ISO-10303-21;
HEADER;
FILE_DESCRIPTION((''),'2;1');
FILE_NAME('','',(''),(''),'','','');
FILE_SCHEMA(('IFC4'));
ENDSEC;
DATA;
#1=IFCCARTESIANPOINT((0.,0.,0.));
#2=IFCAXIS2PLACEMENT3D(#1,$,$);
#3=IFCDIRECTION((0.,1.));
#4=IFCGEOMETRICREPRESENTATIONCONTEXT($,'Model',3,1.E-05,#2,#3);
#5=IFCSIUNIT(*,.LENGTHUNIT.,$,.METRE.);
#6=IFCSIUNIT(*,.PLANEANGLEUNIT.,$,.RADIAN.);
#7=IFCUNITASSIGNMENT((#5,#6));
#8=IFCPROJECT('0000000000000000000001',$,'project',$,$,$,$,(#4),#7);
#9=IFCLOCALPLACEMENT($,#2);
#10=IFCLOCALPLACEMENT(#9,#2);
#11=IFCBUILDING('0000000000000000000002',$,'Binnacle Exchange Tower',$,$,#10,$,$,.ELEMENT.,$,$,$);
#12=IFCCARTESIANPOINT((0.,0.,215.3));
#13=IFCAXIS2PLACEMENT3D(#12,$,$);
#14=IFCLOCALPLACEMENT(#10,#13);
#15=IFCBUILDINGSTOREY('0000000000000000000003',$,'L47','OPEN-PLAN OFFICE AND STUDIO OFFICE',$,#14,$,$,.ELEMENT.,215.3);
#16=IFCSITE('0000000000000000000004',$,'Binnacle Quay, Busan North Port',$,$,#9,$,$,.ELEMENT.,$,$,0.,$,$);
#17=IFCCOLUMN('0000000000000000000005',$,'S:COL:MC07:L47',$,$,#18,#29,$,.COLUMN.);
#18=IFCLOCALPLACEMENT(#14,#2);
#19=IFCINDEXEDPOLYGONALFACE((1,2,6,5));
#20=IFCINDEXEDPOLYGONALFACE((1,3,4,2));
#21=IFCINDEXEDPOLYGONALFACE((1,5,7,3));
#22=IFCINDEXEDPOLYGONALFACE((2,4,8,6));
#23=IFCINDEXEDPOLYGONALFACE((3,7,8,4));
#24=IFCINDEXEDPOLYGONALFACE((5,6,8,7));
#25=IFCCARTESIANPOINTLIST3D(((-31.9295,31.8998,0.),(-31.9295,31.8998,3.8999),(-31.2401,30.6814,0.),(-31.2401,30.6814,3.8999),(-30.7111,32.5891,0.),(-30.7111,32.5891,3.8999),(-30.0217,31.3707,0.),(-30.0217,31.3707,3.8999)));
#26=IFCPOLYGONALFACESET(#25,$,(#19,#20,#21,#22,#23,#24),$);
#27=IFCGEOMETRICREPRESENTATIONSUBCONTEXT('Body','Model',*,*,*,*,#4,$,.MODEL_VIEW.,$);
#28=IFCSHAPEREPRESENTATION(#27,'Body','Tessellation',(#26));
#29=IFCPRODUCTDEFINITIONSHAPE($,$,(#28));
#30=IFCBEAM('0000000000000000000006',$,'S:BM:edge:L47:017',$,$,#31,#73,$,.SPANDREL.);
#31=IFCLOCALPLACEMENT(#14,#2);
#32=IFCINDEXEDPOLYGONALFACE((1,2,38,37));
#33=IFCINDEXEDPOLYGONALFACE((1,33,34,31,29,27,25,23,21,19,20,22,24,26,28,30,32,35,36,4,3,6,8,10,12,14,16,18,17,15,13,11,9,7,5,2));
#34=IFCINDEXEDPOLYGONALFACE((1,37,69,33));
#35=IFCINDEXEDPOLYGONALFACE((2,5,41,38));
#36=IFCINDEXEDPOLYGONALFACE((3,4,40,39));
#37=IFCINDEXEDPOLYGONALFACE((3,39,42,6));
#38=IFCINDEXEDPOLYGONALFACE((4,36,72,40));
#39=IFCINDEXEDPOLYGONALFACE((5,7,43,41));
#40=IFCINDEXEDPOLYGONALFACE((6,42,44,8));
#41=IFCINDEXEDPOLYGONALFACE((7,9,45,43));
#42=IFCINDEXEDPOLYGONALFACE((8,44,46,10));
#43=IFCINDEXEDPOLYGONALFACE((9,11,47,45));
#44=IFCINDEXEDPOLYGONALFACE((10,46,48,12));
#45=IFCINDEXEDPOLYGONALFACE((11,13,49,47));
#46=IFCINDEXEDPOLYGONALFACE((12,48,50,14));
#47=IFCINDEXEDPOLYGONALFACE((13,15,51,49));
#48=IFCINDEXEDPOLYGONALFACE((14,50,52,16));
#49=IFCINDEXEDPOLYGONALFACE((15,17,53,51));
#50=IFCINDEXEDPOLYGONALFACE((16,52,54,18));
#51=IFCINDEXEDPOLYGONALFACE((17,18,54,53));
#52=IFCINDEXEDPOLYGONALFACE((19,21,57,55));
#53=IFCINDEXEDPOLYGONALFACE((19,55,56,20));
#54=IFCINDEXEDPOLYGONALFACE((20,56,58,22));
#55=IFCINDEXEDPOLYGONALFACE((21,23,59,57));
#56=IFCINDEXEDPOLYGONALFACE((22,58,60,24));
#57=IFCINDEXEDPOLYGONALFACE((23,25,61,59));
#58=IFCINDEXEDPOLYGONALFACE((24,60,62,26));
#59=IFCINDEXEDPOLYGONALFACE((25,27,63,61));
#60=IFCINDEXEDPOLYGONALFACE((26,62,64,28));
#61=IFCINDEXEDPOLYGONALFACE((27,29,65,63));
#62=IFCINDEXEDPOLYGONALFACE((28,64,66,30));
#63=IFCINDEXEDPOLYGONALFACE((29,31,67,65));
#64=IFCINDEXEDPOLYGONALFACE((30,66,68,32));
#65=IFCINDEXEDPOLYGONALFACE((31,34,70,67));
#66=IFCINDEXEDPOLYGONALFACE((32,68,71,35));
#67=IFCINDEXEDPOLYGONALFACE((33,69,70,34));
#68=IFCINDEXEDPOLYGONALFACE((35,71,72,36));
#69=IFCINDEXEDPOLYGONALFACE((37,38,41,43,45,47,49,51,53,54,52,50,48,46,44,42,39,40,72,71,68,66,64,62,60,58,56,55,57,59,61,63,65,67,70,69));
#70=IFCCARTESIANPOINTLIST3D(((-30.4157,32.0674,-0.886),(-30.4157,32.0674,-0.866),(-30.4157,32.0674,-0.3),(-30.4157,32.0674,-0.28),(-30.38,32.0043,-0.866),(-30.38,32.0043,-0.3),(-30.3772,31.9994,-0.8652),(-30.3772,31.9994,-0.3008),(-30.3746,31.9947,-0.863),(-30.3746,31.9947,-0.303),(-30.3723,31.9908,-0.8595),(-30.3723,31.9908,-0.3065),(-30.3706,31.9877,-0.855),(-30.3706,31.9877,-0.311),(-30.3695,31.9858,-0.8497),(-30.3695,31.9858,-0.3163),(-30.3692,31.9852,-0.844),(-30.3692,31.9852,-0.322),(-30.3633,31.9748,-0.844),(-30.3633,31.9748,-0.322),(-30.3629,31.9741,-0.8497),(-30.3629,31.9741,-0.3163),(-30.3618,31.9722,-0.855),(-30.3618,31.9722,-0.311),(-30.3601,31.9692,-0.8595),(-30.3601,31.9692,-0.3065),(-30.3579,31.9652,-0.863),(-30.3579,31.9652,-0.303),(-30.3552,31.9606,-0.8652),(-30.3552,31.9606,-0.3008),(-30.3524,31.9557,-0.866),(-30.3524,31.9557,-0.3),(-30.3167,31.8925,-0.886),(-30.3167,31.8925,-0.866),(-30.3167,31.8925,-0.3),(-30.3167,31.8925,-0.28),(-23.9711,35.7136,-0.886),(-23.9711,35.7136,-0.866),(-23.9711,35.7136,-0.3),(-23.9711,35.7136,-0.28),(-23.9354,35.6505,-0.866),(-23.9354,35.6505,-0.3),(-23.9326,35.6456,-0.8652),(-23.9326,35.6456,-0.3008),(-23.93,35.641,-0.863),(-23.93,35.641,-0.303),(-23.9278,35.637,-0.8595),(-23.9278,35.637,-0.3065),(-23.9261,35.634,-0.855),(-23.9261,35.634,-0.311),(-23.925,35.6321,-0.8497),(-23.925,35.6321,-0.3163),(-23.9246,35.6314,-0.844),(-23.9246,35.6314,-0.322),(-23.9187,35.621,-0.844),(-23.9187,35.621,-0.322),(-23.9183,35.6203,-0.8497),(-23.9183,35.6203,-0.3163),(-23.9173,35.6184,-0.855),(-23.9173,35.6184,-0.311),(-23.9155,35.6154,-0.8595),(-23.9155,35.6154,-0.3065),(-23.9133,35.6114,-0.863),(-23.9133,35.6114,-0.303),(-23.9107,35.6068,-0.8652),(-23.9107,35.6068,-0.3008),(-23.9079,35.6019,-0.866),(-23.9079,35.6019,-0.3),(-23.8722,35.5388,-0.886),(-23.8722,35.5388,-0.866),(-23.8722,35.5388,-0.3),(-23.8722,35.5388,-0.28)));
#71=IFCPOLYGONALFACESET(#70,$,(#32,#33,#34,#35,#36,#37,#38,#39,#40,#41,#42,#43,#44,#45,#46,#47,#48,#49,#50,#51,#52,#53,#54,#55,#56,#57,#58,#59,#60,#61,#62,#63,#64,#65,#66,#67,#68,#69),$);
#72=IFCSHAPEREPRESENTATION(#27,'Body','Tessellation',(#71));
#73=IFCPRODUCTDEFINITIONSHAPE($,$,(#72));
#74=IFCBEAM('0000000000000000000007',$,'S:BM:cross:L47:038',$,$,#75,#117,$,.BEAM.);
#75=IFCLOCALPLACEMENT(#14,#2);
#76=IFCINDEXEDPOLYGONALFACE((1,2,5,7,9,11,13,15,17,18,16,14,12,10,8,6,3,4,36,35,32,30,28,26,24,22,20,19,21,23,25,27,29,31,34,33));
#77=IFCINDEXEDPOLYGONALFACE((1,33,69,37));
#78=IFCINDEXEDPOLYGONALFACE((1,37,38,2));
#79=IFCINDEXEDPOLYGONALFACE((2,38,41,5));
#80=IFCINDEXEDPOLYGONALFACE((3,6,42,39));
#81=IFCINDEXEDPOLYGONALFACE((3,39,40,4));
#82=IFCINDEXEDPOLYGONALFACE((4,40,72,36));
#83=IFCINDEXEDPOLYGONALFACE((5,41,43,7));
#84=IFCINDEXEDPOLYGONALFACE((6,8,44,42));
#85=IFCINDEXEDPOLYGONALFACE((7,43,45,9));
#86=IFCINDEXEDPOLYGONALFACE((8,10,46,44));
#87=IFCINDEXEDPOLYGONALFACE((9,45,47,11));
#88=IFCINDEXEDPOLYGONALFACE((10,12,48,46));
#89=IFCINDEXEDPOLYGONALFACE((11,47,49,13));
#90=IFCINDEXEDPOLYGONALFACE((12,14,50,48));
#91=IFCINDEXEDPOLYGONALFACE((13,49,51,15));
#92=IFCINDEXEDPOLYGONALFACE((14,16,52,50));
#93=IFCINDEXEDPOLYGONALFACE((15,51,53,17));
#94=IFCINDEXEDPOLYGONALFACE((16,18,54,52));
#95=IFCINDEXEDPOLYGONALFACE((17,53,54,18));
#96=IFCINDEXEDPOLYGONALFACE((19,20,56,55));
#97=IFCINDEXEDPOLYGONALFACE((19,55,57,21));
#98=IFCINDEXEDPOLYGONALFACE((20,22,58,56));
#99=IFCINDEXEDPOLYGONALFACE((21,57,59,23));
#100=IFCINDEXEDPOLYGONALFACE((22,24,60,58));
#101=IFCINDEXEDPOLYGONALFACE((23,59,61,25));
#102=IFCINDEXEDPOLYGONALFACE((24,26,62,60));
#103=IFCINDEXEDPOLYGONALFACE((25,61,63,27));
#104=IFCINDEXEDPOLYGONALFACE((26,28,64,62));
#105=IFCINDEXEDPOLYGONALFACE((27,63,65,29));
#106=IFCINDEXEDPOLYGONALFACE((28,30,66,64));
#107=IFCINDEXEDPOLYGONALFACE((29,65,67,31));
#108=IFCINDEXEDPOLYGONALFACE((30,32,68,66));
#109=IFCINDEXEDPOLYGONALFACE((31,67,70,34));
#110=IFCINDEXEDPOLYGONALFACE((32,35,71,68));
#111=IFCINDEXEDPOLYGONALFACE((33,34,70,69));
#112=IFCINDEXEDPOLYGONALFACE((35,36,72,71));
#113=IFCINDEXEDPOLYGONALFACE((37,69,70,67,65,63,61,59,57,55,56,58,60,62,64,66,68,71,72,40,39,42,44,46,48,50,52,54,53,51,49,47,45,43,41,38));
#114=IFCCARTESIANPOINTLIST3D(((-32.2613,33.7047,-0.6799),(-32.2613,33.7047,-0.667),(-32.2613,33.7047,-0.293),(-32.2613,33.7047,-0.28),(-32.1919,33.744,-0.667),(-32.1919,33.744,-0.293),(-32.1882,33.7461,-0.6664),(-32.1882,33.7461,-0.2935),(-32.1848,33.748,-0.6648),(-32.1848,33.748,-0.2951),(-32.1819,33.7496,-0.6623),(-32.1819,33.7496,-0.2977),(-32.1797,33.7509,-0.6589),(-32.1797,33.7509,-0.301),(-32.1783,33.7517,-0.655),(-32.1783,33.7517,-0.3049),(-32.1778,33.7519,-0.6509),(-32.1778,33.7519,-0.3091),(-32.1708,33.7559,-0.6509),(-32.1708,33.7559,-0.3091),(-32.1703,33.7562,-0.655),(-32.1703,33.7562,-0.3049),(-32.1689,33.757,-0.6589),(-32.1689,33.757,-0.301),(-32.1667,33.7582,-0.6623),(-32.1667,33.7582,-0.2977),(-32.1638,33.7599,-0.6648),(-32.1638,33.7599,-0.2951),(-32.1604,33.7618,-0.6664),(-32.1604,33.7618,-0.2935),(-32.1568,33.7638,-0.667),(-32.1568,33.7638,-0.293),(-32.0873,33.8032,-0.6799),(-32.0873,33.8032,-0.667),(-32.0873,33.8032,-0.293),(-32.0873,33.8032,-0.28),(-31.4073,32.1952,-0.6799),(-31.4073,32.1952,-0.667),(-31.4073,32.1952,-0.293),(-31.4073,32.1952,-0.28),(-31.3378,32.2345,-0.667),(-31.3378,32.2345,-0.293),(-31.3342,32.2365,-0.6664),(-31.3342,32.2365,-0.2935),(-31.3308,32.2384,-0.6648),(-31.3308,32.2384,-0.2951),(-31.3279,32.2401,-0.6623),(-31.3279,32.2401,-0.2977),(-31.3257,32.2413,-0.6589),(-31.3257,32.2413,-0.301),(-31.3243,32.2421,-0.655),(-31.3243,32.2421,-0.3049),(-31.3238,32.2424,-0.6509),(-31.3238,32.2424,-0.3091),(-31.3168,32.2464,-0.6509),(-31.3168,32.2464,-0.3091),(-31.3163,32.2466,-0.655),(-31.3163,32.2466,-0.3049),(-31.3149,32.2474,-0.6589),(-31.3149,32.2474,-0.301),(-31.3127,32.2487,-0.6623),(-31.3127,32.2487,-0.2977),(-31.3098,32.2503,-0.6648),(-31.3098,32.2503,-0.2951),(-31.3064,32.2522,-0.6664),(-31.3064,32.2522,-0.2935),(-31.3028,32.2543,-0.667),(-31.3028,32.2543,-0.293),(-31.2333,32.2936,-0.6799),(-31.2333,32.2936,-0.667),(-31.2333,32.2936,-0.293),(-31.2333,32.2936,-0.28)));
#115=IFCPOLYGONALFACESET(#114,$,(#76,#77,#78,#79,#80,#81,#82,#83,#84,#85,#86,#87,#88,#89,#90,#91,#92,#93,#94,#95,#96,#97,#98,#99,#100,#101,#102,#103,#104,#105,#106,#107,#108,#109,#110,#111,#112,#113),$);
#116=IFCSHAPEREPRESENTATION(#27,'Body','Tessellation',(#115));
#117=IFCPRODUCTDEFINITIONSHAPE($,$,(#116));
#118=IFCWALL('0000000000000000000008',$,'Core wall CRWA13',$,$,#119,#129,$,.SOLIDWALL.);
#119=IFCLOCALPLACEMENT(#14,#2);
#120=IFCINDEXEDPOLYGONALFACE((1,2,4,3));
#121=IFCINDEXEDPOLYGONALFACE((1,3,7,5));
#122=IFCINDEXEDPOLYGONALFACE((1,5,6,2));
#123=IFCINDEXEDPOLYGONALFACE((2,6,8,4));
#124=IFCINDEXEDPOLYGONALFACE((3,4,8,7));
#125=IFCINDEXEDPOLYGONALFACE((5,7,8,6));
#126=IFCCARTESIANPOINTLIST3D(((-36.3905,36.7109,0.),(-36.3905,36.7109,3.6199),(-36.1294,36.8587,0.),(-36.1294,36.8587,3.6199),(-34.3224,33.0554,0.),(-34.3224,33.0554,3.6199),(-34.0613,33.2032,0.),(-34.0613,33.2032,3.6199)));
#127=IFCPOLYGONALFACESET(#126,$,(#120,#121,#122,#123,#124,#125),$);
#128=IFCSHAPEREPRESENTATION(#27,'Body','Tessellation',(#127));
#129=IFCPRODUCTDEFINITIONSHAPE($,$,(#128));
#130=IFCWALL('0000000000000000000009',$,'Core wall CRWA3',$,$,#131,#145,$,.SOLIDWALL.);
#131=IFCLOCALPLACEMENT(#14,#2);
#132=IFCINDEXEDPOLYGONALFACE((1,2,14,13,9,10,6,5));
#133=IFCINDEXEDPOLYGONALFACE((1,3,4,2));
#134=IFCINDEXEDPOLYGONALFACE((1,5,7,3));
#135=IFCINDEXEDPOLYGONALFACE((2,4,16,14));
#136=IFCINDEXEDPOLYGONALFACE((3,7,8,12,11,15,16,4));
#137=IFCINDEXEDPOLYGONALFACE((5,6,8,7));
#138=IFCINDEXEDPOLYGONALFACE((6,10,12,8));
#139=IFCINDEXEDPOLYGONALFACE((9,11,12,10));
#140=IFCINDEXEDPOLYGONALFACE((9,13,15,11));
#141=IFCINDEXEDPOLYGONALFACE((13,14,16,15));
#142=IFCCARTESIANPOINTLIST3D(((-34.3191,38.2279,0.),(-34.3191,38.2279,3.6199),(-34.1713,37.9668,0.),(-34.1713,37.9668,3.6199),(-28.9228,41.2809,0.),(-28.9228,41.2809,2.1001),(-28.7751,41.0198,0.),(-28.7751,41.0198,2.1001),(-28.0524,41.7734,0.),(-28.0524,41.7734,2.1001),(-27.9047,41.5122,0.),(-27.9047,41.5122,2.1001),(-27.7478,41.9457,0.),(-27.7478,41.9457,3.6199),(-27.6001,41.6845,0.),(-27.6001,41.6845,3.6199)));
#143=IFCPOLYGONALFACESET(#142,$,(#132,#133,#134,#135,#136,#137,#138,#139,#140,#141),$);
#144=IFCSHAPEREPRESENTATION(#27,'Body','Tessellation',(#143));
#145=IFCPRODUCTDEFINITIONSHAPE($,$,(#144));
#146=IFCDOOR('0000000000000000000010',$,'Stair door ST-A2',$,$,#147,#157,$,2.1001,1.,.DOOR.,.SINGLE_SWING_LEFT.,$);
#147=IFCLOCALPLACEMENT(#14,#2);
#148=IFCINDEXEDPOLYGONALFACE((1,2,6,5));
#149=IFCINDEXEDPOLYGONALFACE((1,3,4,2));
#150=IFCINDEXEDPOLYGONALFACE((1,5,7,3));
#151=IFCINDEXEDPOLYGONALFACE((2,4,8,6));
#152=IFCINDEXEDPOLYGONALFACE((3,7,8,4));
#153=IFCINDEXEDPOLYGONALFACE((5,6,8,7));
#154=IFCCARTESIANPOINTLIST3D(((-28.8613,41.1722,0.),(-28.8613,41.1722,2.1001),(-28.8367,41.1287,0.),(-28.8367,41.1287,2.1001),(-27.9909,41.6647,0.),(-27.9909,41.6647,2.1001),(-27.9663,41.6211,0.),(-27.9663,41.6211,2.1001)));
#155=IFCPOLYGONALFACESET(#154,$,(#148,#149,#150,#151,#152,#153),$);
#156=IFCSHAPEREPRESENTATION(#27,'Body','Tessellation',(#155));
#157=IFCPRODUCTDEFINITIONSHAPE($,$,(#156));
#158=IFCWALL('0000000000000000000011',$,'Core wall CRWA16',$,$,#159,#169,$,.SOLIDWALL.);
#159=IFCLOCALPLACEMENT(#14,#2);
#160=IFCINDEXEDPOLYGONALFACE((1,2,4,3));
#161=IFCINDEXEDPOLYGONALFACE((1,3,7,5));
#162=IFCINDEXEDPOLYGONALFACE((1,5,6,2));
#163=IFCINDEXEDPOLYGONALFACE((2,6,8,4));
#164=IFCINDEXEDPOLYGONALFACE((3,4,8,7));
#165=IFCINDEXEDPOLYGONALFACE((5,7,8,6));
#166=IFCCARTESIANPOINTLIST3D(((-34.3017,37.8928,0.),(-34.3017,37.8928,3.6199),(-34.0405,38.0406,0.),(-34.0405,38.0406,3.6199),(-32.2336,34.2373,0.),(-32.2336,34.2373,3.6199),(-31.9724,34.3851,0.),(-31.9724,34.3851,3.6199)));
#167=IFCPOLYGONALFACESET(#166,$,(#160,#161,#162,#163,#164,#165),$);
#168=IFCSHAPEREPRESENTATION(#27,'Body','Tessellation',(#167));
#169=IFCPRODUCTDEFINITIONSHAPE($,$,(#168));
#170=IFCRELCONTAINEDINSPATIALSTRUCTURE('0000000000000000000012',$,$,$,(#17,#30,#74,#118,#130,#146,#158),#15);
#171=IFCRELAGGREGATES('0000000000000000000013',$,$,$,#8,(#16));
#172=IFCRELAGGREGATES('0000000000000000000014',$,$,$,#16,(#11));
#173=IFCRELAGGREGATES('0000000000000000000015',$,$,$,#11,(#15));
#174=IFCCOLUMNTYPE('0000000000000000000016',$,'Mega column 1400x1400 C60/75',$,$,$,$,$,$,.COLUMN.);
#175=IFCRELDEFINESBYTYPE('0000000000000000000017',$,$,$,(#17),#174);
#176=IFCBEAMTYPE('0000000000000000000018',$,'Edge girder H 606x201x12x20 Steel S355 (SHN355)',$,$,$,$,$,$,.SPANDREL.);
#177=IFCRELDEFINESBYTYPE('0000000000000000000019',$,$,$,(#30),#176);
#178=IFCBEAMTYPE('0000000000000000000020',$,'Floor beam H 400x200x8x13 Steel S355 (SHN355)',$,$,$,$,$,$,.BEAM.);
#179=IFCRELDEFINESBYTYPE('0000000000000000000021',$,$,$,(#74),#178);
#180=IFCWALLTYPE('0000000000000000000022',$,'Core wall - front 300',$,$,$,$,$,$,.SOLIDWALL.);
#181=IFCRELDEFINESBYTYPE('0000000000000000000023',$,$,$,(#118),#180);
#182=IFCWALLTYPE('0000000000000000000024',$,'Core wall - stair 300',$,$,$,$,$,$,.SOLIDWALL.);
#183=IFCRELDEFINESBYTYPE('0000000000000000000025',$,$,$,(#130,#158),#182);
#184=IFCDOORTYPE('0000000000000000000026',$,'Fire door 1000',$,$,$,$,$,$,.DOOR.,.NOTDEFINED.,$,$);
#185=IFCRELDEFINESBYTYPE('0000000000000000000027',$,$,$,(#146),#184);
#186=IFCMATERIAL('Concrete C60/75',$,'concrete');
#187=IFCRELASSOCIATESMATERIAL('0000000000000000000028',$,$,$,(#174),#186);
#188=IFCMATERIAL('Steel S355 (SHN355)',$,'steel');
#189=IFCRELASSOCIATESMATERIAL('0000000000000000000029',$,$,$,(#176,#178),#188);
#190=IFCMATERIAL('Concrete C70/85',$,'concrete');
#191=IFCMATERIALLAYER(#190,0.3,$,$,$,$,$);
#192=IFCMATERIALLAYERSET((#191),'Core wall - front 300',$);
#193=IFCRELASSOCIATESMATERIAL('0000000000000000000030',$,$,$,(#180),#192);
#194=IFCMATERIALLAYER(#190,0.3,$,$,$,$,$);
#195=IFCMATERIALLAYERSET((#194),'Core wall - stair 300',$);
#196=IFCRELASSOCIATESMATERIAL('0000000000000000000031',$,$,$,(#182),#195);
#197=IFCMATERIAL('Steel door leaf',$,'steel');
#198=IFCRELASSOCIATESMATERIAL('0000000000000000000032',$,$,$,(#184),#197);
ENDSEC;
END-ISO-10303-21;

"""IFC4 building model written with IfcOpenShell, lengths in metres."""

from ifc_helpers import new_model, si_unit, direction, frame, frame_2d, origin, origin_2d, place, context, subcontext, project, spatial, rectangle, i_section, extrude, material, layer, layer_set, material_profile, profile_set, type_object, element, fill, save


model = new_model("IFC4")

# Units and contexts
model_context = context("Model", 3, precision=1e-05, world=origin(), true_north=direction((0.0, 1.0)))
body_context = subcontext(model_context, "Body", "Model", "MODEL_VIEW")
ifc_project = project(units=[si_unit("LENGTHUNIT", "METRE"), si_unit("PLANEANGLEUNIT", "RADIAN")], contexts=[model_context])

# Site, building, storey
site_placement = place(None, origin())
site = spatial("IfcSite", under=ifc_project, at=site_placement, Name="Binnacle Quay, Busan North Port", CompositionType="ELEMENT", RefElevation=0.0)
building_placement = place(site_placement, origin())
building = spatial("IfcBuilding", under=site, at=building_placement, Name="Binnacle Exchange Tower", CompositionType="ELEMENT")
storey_placement = place(building_placement, frame((0.0, 0.0, 215.3)))
storey = spatial("IfcBuildingStorey", under=building, at=storey_placement, Name="L47", Description="OPEN-PLAN OFFICE AND STUDIO OFFICE", CompositionType="ELEMENT", Elevation=215.3)

# Column
ifc_material_1 = material(Name="Concrete C60/75", Category="concrete")
ifc_material_profile_1 = material_profile(ifc_material_1, rectangle(XDim=1.3999, YDim=1.3999, at=origin_2d()), Name="Mega column 1400x1400 C60/75")
ifc_profile_set_1 = profile_set([ifc_material_profile_1], Name="Concrete C60/75")
column_type = type_object("IfcColumnType", Name="Mega column 1400x1400 C60/75", PredefinedType="COLUMN", material=ifc_profile_set_1)
column_placement = place(storey_placement, frame((-30.9756, 31.6353, 0.0), z_axis=(0.0, 0.0, 1.0), x_axis=(0.870356, 0.492424, 0.0)))
element("IfcColumn", 1, at=column_placement, inside=storey, type_object=column_type, Name="S:COL:MC07:L47", PredefinedType="COLUMN", context=body_context, shape_type="SweptSolid", body=[
    extrude(rectangle(XDim=1.3999, YDim=1.3999, at=origin_2d()), origin(), (0.0, 0.0, 1.0), 3.8999),
])

# Beams
ifc_material_2 = material(Name="Steel S355 (SHN355)", Category="steel")
ifc_material_profile_2 = material_profile(ifc_material_2, i_section(OverallWidth=0.2009, OverallDepth=0.606, WebThickness=0.012, FlangeThickness=0.02, FilletRadius=0.022, at=origin_2d()), Name="H 606x201x12x20")
ifc_profile_set_2 = profile_set([ifc_material_profile_2], Name="Steel S355 (SHN355)")
beam_type_1 = type_object("IfcBeamType", Name="Edge girder H 606x201x12x20 Steel S355 (SHN355)", PredefinedType="SPANDREL", material=ifc_profile_set_2)
beam_1_placement = place(storey_placement, frame((-30.3662, 31.98, -0.583), z_axis=(0.870352, 0.492431, 0.0), x_axis=(-0.492431, 0.870352, 0.0)))
element("IfcBeam", 2, at=beam_1_placement, inside=storey, type_object=beam_type_1, Name="S:BM:edge:L47:017", PredefinedType="SPANDREL", context=body_context, shape_type="SweptSolid", body=[
    extrude(i_section(OverallWidth=0.2009, OverallDepth=0.606, WebThickness=0.012, FlangeThickness=0.02, FilletRadius=0.022, at=origin_2d()), origin(), (0.0, 0.0, 1.0), 7.4045),
])
ifc_material_profile_3 = material_profile(ifc_material_2, i_section(OverallWidth=0.2, OverallDepth=0.3999, WebThickness=0.0081, FlangeThickness=0.0129, FilletRadius=0.0161, at=origin_2d()), Name="H 400x200x8x13")
ifc_profile_set_3 = profile_set([ifc_material_profile_3], Name="Steel S355 (SHN355)")
beam_type_2 = type_object("IfcBeamType", Name="Floor beam H 400x200x8x13 Steel S355 (SHN355)", PredefinedType="BEAM", material=ifc_profile_set_3)
beam_2_placement = place(storey_placement, frame((-31.3203, 32.2444, -0.48), z_axis=(-0.492405, 0.870366, 0.0), x_axis=(-0.870366, -0.492405, 0.0)))
element("IfcBeam", 3, at=beam_2_placement, inside=storey, type_object=beam_type_2, Name="S:BM:cross:L47:038", PredefinedType="BEAM", context=body_context, shape_type="SweptSolid", body=[
    extrude(i_section(OverallWidth=0.2, OverallDepth=0.3999, WebThickness=0.0081, FlangeThickness=0.0129, FilletRadius=0.0161, at=origin_2d()), origin(), (0.0, 0.0, 1.0), 1.7344),
])

# Wall
ifc_material_3 = material(Name="Concrete C70/85", Category="concrete")
ifc_layer_1 = layer(ifc_material_3, 0.3)
ifc_layer_set_1 = layer_set([ifc_layer_1], Name="Core wall - front 300")
wall_type_1 = type_object("IfcWallType", Name="Core wall - front 300", PredefinedType="SOLIDWALL", material=ifc_layer_set_1)
wall_1_placement = place(storey_placement, frame((-36.26, 36.7849, 0.0), z_axis=(0.0, 0.0, 1.0), x_axis=(0.49241, -0.870364, 0.0)))
element("IfcWall", 4, at=wall_1_placement, inside=storey, type_object=wall_type_1, Name="Core wall CRWA13", PredefinedType="SOLIDWALL", context=body_context, shape_type="SweptSolid", body=[
    extrude(rectangle(XDim=4.2, YDim=0.3, at=frame_2d((2.1001, 0.0))), origin(), (0.0, 0.0, 1.0), 3.6199),
])

# Wall, opening, door
ifc_layer_2 = layer(ifc_material_3, 0.3)
ifc_layer_set_2 = layer_set([ifc_layer_2], Name="Core wall - stair 300")
wall_type_2 = type_object("IfcWallType", Name="Core wall - stair 300", PredefinedType="SOLIDWALL", material=ifc_layer_set_2)
wall_2_placement = place(storey_placement, frame((-34.2451, 38.0974, 0.0), z_axis=(0.0, 0.0, 1.0), x_axis=(0.87036, 0.492415, 0.0)))
wall_2 = element("IfcWall", 5, at=wall_2_placement, inside=storey, type_object=wall_type_2, Name="Core wall CRWA3", PredefinedType="SOLIDWALL", context=body_context, shape_type="SweptSolid", body=[
    extrude(rectangle(XDim=7.55, YDim=0.3, at=frame_2d((3.7749, 0.0))), origin(), (0.0, 0.0, 1.0), 3.6199),
])
opening_placement = place(wall_2_placement, frame((6.2, 0.0, 0.0)))
opening = element("IfcOpeningElement", 6, at=opening_placement, cuts=wall_2, PredefinedType="OPENING", context=body_context, shape_type="SweptSolid", body=[
    extrude(rectangle(XDim=1.0, YDim=2.1001, at=frame_2d((0.5, 1.05))), frame((0.0, 0.1599, 0.0), z_axis=(0.0, -1.0, 0.0), x_axis=(1.0, 0.0, 0.0)), (0.0, 0.0, 1.0), 0.3201),
])
ifc_material_4 = material(Name="Steel door leaf", Category="steel")
door_type = type_object("IfcDoorType", Name="Fire door 1000", OperationType="NOTDEFINED", PredefinedType="DOOR", material=ifc_material_4)
door_placement = place(opening_placement, frame((1.0, 0.0, 0.0), z_axis=(0.0, 0.0, 1.0), x_axis=(-1.0, 0.0, 0.0)))
door = element("IfcDoor", 7, at=door_placement, inside=storey, type_object=door_type, Name="Stair door ST-A2", OperationType="SINGLE_SWING_LEFT", OverallHeight=2.1001, OverallWidth=1.0, PredefinedType="DOOR", context=body_context, shape_type="SweptSolid", body=[
    extrude(rectangle(XDim=1.0, YDim=2.1001, at=frame_2d((0.5, 1.05))), frame((0.0, 0.0249, 0.0), z_axis=(0.0, -1.0, 0.0), x_axis=(1.0, 0.0, 0.0)), (0.0, 0.0, 1.0), 0.05),
])
fill(opening, door)

# Wall
wall_3_placement = place(storey_placement, frame((-34.1711, 37.9668, 0.0), z_axis=(0.0, 0.0, 1.0), x_axis=(0.49241, -0.870364, 0.0)))
element("IfcWall", 8, at=wall_3_placement, inside=storey, type_object=wall_type_2, Name="Core wall CRWA16", PredefinedType="SOLIDWALL", context=body_context, shape_type="SweptSolid", body=[
    extrude(rectangle(XDim=4.2, YDim=0.3, at=frame_2d((2.1001, 0.0))), origin(), (0.0, 0.0, 1.0), 3.6199),
])

save(model, "model.ifc")
